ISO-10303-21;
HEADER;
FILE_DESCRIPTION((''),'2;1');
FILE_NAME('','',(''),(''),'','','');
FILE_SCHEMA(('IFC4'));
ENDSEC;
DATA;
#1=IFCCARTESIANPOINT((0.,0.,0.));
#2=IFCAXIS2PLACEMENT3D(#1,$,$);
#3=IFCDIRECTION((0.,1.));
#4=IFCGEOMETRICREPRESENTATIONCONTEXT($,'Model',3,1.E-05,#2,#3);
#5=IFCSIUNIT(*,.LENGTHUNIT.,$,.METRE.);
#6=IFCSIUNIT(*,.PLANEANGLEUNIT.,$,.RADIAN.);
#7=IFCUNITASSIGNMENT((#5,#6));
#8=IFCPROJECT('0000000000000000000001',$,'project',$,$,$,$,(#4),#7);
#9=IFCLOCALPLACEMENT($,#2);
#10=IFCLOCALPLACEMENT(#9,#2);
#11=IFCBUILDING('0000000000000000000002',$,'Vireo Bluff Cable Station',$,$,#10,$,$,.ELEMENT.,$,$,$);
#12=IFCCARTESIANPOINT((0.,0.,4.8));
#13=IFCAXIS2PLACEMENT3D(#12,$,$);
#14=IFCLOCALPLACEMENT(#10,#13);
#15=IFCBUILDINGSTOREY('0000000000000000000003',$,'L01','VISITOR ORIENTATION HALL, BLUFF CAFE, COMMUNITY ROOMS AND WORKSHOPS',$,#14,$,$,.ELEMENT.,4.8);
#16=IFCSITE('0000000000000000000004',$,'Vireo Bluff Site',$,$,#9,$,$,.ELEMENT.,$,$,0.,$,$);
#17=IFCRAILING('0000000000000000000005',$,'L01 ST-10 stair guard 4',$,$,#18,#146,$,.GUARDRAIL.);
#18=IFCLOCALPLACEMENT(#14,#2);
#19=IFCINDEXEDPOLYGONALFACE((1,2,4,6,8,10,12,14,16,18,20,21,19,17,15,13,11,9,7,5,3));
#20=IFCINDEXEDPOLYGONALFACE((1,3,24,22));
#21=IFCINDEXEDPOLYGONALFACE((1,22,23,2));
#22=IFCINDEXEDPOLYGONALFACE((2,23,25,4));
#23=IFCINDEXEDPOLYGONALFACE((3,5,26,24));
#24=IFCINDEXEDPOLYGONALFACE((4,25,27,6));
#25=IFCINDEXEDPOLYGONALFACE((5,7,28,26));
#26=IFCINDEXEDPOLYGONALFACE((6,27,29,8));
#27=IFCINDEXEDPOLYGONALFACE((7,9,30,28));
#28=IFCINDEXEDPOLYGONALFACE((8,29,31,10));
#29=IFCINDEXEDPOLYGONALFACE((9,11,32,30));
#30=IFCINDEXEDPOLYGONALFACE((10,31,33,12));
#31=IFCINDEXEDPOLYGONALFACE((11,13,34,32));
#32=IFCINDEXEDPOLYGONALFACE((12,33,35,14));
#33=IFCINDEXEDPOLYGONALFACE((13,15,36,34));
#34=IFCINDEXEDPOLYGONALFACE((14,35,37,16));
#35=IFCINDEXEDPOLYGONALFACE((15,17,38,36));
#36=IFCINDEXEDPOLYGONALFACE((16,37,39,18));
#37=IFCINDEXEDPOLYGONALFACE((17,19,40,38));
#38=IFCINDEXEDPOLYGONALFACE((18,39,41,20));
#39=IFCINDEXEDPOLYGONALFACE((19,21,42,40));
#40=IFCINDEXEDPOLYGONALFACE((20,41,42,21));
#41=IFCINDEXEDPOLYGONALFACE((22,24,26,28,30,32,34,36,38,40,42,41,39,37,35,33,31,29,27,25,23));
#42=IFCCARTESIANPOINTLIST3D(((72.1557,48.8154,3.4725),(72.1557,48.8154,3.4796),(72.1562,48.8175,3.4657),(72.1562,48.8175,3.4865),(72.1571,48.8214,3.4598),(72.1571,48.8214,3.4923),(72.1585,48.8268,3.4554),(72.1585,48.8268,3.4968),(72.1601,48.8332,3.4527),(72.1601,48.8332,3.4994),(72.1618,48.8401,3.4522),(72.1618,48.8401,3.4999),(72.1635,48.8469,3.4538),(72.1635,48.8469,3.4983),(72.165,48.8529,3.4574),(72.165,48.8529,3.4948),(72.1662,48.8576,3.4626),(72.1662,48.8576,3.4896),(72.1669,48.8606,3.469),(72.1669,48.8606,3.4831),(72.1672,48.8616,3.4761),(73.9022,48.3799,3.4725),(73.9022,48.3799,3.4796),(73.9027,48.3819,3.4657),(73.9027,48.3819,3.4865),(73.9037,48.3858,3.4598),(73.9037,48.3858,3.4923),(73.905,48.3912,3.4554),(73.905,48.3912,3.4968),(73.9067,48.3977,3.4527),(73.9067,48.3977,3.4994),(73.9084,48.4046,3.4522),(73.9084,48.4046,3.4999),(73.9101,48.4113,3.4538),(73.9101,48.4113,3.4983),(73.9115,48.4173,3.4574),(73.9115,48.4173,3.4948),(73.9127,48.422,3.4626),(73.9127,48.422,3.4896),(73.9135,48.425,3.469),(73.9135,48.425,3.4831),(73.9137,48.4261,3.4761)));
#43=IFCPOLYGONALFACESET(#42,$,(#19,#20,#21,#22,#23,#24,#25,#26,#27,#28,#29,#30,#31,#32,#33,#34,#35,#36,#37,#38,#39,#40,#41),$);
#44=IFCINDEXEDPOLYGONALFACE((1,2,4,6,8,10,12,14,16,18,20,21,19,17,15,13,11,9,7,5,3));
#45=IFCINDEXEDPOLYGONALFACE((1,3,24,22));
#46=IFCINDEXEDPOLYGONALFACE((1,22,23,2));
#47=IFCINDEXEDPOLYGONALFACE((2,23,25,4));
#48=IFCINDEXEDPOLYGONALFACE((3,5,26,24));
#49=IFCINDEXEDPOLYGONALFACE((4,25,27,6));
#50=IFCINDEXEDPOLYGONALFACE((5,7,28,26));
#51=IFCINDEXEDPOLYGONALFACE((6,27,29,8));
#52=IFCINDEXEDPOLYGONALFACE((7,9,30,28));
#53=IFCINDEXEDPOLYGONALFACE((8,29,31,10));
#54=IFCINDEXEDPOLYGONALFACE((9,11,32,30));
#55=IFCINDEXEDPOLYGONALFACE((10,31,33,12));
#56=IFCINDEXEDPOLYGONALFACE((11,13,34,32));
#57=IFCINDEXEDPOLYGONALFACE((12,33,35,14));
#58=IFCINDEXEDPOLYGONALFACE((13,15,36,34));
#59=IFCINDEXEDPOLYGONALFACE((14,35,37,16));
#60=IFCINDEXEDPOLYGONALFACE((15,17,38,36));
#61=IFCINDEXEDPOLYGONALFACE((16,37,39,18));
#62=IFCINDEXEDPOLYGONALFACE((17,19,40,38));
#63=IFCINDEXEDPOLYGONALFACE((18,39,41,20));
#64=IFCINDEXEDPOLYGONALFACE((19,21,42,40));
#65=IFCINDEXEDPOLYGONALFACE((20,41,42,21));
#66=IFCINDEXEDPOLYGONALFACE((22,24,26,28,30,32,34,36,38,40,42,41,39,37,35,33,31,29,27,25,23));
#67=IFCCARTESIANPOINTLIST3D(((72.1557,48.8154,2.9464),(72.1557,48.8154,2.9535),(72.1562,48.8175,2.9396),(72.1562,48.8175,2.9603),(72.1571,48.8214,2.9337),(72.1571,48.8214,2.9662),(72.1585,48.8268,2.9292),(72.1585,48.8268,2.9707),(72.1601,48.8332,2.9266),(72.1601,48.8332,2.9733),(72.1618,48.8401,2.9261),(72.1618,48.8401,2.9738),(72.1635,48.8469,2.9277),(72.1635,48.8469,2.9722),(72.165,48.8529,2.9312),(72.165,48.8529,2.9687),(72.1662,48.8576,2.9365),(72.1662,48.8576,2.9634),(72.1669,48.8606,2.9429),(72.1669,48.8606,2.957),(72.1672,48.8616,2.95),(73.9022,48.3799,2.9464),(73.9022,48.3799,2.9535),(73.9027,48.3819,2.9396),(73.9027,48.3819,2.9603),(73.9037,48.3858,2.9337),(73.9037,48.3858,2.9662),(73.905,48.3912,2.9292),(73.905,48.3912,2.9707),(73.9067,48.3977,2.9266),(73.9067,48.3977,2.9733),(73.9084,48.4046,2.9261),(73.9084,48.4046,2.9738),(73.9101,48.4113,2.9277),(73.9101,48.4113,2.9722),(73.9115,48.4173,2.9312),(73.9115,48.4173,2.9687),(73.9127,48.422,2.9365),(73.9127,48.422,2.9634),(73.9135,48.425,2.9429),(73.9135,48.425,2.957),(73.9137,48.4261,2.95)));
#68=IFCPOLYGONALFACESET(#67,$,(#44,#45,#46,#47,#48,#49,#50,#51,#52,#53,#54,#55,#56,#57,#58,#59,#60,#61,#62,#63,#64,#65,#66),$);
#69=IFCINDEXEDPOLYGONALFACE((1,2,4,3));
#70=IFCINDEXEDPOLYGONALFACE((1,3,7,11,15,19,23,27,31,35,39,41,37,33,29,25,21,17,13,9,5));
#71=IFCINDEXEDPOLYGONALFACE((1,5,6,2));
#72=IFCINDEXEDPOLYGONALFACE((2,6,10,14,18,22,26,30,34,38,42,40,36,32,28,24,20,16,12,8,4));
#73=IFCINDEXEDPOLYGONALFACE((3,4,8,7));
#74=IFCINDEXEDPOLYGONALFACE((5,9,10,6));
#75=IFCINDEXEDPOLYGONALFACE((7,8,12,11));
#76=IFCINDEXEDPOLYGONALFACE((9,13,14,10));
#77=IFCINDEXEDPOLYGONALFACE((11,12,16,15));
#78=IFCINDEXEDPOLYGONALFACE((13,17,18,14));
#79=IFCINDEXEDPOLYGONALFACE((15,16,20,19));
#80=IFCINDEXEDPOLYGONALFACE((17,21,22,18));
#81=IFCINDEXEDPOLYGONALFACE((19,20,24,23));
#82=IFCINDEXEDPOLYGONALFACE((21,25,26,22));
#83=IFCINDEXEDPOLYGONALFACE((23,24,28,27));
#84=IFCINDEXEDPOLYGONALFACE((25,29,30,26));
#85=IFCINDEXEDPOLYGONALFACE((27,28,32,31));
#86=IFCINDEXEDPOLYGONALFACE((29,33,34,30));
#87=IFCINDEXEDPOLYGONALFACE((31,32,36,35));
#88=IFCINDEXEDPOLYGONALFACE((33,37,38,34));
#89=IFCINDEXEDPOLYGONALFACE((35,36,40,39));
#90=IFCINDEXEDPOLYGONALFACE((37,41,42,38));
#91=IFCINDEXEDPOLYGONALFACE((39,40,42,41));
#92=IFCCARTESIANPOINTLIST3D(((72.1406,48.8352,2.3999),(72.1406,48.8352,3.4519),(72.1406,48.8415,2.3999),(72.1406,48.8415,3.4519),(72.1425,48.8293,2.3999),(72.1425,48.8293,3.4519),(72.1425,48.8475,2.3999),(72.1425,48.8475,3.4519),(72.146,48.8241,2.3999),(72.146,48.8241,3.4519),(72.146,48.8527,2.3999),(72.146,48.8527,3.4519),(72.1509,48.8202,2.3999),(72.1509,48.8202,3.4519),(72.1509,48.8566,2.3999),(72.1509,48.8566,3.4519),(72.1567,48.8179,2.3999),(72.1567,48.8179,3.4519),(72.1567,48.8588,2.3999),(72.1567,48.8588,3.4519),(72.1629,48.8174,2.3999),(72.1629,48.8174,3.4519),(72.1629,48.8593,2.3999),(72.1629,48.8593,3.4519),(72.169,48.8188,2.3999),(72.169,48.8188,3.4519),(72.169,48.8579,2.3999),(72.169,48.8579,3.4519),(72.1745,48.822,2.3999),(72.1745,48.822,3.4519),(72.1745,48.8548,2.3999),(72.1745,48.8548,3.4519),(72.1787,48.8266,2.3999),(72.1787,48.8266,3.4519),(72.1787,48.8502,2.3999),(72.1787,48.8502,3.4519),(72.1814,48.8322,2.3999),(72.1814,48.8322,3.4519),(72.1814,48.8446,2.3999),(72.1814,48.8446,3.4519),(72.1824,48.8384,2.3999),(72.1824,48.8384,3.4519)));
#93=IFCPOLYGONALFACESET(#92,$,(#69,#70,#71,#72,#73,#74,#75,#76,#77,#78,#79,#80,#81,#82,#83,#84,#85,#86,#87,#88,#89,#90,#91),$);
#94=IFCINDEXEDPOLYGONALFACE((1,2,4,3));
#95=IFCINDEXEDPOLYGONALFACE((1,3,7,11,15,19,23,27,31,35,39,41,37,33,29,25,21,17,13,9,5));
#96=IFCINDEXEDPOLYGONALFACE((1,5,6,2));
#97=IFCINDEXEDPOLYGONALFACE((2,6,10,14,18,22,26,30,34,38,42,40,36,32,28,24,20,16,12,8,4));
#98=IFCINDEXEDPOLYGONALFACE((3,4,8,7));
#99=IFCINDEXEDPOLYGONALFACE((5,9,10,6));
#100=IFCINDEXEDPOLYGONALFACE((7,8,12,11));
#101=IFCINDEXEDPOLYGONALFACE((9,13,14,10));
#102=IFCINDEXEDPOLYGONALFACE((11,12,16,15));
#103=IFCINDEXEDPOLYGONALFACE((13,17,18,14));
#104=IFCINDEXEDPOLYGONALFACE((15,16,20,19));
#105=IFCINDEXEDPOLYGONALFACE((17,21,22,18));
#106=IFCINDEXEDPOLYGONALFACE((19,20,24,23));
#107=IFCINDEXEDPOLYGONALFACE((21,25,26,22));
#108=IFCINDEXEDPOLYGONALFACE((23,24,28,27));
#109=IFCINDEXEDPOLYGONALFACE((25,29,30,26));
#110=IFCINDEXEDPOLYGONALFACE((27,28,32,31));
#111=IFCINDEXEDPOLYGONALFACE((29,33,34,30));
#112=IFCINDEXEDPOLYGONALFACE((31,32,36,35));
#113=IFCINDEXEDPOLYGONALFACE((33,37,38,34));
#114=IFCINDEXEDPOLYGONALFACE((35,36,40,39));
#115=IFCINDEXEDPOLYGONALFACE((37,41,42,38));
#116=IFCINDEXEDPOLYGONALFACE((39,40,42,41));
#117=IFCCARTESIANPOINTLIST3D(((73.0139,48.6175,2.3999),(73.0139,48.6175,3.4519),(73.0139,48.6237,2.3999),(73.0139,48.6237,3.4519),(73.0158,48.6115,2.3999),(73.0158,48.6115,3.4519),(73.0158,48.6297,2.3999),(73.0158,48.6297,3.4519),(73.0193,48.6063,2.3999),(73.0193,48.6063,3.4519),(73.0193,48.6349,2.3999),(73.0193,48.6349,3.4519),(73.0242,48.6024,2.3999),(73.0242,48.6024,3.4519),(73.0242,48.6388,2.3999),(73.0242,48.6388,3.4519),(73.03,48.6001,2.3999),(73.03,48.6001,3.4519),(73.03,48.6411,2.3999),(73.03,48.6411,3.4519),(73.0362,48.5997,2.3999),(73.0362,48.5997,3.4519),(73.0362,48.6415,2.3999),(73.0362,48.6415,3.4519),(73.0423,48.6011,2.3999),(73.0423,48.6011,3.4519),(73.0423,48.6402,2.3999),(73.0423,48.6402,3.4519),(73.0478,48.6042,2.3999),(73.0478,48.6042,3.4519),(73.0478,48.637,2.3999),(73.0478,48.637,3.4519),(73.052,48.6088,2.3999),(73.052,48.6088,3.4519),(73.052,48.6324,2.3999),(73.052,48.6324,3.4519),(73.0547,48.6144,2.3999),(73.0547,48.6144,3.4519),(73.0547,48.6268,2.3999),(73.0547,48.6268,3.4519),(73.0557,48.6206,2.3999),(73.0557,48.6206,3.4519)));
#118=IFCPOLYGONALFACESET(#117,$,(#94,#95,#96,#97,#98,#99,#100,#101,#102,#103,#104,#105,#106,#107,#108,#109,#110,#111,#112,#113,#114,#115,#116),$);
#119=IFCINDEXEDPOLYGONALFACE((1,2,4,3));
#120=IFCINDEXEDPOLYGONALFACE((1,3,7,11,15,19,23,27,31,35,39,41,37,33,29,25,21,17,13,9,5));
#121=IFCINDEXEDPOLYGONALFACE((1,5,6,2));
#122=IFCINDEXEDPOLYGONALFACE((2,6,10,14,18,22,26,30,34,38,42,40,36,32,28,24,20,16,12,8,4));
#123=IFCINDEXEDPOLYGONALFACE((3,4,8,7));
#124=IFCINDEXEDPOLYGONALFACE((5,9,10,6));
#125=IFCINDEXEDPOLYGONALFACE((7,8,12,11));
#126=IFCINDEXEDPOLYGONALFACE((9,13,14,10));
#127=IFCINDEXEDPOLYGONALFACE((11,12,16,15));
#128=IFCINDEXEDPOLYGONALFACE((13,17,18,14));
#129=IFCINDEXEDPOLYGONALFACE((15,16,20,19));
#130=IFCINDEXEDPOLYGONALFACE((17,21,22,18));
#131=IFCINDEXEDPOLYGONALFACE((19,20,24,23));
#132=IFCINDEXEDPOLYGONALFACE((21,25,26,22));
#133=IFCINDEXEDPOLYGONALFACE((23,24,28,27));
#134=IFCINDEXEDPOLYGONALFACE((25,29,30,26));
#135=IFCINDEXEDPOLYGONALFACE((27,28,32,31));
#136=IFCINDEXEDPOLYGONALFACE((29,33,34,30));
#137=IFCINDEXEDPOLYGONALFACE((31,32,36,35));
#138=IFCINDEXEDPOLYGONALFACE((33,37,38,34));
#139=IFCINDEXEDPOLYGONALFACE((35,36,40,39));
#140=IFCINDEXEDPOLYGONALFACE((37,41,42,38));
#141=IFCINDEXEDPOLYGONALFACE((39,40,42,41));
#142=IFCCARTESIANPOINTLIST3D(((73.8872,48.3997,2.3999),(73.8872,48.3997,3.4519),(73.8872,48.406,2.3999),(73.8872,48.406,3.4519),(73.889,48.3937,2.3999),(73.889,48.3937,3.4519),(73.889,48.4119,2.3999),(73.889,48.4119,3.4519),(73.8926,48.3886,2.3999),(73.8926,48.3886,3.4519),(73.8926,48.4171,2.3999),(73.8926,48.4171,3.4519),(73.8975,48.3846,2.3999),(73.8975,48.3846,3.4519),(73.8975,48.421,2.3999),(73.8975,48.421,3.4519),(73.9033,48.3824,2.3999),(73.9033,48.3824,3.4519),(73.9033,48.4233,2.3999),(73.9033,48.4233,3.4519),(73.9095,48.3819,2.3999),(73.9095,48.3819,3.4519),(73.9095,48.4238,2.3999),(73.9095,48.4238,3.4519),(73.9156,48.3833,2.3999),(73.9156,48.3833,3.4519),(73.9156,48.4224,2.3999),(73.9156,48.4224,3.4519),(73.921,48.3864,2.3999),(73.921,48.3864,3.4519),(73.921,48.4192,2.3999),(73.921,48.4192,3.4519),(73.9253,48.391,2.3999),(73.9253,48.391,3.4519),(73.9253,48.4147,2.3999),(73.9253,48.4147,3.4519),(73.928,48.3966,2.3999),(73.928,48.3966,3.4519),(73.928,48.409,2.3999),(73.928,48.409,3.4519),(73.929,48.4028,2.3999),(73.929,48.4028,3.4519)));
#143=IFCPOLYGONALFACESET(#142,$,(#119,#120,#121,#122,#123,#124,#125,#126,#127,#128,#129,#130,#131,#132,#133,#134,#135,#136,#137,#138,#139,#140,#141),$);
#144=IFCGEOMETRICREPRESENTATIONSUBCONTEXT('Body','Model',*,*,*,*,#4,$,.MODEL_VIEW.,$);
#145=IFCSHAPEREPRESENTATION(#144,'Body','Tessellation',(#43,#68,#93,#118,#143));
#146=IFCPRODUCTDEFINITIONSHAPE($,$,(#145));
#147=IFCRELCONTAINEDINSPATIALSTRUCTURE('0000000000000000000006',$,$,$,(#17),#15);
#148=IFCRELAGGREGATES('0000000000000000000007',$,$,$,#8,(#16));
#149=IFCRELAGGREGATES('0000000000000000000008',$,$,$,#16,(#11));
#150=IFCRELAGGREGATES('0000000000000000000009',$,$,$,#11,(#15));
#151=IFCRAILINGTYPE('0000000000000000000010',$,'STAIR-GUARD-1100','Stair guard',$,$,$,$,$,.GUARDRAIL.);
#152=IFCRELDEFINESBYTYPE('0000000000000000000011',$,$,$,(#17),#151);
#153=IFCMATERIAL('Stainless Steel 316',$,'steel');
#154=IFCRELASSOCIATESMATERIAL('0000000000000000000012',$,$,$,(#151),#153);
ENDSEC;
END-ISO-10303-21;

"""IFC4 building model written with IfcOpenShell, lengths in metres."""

from ifc_helpers import new_model, si_unit, direction, frame, origin, origin_2d, place, context, subcontext, project, spatial, circle, extrude, material, type_object, element, save


model = new_model("IFC4")

# Units and contexts
model_context = context("Model", 3, precision=1e-05, world=origin(), true_north=direction((0.0, 1.0)))
body_context = subcontext(model_context, "Body", "Model", "MODEL_VIEW")
ifc_project = project(units=[si_unit("LENGTHUNIT", "METRE"), si_unit("PLANEANGLEUNIT", "RADIAN")], contexts=[model_context])

# Site, building, storey
site_placement = place(None, origin())
site = spatial("IfcSite", under=ifc_project, at=site_placement, Name="Vireo Bluff Site", CompositionType="ELEMENT", RefElevation=0.0)
building_placement = place(site_placement, origin())
building = spatial("IfcBuilding", under=site, at=building_placement, Name="Vireo Bluff Cable Station", CompositionType="ELEMENT")
storey_placement = place(building_placement, frame((0.0, 0.0, 4.8)))
storey = spatial("IfcBuildingStorey", under=building, at=storey_placement, Name="L01", Description="VISITOR ORIENTATION HALL, BLUFF CAFE, COMMUNITY ROOMS AND WORKSHOPS", CompositionType="ELEMENT", Elevation=4.8)

# Railing
ifc_material_1 = material(Name="Stainless Steel 316", Category="steel")
railing_type_1 = type_object("IfcRailingType", Name="STAIR-GUARD-1100", Description="Stair guard", PredefinedType="GUARDRAIL", material=ifc_material_1)
railing_1_placement = place(storey_placement, frame((72.1614, 48.8384, 2.3999)))
element("IfcRailing", 1, at=railing_1_placement, inside=storey, type_object=railing_type_1, Name="L01 ST-10 stair guard 4", PredefinedType="GUARDRAIL", context=body_context, shape_type="SweptSolid", body=[
    extrude(circle(Radius=0.0239, at=origin_2d()), frame((0.0, 0.0, 1.0762), z_axis=(0.970286, -0.241961, 0.0), x_axis=(0.241961, 0.970286, 0.0)), (0.0, 0.0, 1.0), 1.8),
    extrude(circle(Radius=0.0239, at=origin_2d()), frame((0.0, 0.0, 0.55), z_axis=(0.970286, -0.241961, 0.0), x_axis=(0.241961, 0.970286, 0.0)), (0.0, 0.0, 1.0), 1.8),
    extrude(circle(Radius=0.021, at=origin_2d()), origin(), (0.0, 0.0, 1.0), 1.052),
    extrude(circle(Radius=0.021, at=origin_2d()), frame((0.8733, -0.2178, 0.0)), (0.0, 0.0, 1.0), 1.052),
    extrude(circle(Radius=0.021, at=origin_2d()), frame((1.7466, -0.4355, 0.0)), (0.0, 0.0, 1.0), 1.052),
])

save(model, "model.ifc")
